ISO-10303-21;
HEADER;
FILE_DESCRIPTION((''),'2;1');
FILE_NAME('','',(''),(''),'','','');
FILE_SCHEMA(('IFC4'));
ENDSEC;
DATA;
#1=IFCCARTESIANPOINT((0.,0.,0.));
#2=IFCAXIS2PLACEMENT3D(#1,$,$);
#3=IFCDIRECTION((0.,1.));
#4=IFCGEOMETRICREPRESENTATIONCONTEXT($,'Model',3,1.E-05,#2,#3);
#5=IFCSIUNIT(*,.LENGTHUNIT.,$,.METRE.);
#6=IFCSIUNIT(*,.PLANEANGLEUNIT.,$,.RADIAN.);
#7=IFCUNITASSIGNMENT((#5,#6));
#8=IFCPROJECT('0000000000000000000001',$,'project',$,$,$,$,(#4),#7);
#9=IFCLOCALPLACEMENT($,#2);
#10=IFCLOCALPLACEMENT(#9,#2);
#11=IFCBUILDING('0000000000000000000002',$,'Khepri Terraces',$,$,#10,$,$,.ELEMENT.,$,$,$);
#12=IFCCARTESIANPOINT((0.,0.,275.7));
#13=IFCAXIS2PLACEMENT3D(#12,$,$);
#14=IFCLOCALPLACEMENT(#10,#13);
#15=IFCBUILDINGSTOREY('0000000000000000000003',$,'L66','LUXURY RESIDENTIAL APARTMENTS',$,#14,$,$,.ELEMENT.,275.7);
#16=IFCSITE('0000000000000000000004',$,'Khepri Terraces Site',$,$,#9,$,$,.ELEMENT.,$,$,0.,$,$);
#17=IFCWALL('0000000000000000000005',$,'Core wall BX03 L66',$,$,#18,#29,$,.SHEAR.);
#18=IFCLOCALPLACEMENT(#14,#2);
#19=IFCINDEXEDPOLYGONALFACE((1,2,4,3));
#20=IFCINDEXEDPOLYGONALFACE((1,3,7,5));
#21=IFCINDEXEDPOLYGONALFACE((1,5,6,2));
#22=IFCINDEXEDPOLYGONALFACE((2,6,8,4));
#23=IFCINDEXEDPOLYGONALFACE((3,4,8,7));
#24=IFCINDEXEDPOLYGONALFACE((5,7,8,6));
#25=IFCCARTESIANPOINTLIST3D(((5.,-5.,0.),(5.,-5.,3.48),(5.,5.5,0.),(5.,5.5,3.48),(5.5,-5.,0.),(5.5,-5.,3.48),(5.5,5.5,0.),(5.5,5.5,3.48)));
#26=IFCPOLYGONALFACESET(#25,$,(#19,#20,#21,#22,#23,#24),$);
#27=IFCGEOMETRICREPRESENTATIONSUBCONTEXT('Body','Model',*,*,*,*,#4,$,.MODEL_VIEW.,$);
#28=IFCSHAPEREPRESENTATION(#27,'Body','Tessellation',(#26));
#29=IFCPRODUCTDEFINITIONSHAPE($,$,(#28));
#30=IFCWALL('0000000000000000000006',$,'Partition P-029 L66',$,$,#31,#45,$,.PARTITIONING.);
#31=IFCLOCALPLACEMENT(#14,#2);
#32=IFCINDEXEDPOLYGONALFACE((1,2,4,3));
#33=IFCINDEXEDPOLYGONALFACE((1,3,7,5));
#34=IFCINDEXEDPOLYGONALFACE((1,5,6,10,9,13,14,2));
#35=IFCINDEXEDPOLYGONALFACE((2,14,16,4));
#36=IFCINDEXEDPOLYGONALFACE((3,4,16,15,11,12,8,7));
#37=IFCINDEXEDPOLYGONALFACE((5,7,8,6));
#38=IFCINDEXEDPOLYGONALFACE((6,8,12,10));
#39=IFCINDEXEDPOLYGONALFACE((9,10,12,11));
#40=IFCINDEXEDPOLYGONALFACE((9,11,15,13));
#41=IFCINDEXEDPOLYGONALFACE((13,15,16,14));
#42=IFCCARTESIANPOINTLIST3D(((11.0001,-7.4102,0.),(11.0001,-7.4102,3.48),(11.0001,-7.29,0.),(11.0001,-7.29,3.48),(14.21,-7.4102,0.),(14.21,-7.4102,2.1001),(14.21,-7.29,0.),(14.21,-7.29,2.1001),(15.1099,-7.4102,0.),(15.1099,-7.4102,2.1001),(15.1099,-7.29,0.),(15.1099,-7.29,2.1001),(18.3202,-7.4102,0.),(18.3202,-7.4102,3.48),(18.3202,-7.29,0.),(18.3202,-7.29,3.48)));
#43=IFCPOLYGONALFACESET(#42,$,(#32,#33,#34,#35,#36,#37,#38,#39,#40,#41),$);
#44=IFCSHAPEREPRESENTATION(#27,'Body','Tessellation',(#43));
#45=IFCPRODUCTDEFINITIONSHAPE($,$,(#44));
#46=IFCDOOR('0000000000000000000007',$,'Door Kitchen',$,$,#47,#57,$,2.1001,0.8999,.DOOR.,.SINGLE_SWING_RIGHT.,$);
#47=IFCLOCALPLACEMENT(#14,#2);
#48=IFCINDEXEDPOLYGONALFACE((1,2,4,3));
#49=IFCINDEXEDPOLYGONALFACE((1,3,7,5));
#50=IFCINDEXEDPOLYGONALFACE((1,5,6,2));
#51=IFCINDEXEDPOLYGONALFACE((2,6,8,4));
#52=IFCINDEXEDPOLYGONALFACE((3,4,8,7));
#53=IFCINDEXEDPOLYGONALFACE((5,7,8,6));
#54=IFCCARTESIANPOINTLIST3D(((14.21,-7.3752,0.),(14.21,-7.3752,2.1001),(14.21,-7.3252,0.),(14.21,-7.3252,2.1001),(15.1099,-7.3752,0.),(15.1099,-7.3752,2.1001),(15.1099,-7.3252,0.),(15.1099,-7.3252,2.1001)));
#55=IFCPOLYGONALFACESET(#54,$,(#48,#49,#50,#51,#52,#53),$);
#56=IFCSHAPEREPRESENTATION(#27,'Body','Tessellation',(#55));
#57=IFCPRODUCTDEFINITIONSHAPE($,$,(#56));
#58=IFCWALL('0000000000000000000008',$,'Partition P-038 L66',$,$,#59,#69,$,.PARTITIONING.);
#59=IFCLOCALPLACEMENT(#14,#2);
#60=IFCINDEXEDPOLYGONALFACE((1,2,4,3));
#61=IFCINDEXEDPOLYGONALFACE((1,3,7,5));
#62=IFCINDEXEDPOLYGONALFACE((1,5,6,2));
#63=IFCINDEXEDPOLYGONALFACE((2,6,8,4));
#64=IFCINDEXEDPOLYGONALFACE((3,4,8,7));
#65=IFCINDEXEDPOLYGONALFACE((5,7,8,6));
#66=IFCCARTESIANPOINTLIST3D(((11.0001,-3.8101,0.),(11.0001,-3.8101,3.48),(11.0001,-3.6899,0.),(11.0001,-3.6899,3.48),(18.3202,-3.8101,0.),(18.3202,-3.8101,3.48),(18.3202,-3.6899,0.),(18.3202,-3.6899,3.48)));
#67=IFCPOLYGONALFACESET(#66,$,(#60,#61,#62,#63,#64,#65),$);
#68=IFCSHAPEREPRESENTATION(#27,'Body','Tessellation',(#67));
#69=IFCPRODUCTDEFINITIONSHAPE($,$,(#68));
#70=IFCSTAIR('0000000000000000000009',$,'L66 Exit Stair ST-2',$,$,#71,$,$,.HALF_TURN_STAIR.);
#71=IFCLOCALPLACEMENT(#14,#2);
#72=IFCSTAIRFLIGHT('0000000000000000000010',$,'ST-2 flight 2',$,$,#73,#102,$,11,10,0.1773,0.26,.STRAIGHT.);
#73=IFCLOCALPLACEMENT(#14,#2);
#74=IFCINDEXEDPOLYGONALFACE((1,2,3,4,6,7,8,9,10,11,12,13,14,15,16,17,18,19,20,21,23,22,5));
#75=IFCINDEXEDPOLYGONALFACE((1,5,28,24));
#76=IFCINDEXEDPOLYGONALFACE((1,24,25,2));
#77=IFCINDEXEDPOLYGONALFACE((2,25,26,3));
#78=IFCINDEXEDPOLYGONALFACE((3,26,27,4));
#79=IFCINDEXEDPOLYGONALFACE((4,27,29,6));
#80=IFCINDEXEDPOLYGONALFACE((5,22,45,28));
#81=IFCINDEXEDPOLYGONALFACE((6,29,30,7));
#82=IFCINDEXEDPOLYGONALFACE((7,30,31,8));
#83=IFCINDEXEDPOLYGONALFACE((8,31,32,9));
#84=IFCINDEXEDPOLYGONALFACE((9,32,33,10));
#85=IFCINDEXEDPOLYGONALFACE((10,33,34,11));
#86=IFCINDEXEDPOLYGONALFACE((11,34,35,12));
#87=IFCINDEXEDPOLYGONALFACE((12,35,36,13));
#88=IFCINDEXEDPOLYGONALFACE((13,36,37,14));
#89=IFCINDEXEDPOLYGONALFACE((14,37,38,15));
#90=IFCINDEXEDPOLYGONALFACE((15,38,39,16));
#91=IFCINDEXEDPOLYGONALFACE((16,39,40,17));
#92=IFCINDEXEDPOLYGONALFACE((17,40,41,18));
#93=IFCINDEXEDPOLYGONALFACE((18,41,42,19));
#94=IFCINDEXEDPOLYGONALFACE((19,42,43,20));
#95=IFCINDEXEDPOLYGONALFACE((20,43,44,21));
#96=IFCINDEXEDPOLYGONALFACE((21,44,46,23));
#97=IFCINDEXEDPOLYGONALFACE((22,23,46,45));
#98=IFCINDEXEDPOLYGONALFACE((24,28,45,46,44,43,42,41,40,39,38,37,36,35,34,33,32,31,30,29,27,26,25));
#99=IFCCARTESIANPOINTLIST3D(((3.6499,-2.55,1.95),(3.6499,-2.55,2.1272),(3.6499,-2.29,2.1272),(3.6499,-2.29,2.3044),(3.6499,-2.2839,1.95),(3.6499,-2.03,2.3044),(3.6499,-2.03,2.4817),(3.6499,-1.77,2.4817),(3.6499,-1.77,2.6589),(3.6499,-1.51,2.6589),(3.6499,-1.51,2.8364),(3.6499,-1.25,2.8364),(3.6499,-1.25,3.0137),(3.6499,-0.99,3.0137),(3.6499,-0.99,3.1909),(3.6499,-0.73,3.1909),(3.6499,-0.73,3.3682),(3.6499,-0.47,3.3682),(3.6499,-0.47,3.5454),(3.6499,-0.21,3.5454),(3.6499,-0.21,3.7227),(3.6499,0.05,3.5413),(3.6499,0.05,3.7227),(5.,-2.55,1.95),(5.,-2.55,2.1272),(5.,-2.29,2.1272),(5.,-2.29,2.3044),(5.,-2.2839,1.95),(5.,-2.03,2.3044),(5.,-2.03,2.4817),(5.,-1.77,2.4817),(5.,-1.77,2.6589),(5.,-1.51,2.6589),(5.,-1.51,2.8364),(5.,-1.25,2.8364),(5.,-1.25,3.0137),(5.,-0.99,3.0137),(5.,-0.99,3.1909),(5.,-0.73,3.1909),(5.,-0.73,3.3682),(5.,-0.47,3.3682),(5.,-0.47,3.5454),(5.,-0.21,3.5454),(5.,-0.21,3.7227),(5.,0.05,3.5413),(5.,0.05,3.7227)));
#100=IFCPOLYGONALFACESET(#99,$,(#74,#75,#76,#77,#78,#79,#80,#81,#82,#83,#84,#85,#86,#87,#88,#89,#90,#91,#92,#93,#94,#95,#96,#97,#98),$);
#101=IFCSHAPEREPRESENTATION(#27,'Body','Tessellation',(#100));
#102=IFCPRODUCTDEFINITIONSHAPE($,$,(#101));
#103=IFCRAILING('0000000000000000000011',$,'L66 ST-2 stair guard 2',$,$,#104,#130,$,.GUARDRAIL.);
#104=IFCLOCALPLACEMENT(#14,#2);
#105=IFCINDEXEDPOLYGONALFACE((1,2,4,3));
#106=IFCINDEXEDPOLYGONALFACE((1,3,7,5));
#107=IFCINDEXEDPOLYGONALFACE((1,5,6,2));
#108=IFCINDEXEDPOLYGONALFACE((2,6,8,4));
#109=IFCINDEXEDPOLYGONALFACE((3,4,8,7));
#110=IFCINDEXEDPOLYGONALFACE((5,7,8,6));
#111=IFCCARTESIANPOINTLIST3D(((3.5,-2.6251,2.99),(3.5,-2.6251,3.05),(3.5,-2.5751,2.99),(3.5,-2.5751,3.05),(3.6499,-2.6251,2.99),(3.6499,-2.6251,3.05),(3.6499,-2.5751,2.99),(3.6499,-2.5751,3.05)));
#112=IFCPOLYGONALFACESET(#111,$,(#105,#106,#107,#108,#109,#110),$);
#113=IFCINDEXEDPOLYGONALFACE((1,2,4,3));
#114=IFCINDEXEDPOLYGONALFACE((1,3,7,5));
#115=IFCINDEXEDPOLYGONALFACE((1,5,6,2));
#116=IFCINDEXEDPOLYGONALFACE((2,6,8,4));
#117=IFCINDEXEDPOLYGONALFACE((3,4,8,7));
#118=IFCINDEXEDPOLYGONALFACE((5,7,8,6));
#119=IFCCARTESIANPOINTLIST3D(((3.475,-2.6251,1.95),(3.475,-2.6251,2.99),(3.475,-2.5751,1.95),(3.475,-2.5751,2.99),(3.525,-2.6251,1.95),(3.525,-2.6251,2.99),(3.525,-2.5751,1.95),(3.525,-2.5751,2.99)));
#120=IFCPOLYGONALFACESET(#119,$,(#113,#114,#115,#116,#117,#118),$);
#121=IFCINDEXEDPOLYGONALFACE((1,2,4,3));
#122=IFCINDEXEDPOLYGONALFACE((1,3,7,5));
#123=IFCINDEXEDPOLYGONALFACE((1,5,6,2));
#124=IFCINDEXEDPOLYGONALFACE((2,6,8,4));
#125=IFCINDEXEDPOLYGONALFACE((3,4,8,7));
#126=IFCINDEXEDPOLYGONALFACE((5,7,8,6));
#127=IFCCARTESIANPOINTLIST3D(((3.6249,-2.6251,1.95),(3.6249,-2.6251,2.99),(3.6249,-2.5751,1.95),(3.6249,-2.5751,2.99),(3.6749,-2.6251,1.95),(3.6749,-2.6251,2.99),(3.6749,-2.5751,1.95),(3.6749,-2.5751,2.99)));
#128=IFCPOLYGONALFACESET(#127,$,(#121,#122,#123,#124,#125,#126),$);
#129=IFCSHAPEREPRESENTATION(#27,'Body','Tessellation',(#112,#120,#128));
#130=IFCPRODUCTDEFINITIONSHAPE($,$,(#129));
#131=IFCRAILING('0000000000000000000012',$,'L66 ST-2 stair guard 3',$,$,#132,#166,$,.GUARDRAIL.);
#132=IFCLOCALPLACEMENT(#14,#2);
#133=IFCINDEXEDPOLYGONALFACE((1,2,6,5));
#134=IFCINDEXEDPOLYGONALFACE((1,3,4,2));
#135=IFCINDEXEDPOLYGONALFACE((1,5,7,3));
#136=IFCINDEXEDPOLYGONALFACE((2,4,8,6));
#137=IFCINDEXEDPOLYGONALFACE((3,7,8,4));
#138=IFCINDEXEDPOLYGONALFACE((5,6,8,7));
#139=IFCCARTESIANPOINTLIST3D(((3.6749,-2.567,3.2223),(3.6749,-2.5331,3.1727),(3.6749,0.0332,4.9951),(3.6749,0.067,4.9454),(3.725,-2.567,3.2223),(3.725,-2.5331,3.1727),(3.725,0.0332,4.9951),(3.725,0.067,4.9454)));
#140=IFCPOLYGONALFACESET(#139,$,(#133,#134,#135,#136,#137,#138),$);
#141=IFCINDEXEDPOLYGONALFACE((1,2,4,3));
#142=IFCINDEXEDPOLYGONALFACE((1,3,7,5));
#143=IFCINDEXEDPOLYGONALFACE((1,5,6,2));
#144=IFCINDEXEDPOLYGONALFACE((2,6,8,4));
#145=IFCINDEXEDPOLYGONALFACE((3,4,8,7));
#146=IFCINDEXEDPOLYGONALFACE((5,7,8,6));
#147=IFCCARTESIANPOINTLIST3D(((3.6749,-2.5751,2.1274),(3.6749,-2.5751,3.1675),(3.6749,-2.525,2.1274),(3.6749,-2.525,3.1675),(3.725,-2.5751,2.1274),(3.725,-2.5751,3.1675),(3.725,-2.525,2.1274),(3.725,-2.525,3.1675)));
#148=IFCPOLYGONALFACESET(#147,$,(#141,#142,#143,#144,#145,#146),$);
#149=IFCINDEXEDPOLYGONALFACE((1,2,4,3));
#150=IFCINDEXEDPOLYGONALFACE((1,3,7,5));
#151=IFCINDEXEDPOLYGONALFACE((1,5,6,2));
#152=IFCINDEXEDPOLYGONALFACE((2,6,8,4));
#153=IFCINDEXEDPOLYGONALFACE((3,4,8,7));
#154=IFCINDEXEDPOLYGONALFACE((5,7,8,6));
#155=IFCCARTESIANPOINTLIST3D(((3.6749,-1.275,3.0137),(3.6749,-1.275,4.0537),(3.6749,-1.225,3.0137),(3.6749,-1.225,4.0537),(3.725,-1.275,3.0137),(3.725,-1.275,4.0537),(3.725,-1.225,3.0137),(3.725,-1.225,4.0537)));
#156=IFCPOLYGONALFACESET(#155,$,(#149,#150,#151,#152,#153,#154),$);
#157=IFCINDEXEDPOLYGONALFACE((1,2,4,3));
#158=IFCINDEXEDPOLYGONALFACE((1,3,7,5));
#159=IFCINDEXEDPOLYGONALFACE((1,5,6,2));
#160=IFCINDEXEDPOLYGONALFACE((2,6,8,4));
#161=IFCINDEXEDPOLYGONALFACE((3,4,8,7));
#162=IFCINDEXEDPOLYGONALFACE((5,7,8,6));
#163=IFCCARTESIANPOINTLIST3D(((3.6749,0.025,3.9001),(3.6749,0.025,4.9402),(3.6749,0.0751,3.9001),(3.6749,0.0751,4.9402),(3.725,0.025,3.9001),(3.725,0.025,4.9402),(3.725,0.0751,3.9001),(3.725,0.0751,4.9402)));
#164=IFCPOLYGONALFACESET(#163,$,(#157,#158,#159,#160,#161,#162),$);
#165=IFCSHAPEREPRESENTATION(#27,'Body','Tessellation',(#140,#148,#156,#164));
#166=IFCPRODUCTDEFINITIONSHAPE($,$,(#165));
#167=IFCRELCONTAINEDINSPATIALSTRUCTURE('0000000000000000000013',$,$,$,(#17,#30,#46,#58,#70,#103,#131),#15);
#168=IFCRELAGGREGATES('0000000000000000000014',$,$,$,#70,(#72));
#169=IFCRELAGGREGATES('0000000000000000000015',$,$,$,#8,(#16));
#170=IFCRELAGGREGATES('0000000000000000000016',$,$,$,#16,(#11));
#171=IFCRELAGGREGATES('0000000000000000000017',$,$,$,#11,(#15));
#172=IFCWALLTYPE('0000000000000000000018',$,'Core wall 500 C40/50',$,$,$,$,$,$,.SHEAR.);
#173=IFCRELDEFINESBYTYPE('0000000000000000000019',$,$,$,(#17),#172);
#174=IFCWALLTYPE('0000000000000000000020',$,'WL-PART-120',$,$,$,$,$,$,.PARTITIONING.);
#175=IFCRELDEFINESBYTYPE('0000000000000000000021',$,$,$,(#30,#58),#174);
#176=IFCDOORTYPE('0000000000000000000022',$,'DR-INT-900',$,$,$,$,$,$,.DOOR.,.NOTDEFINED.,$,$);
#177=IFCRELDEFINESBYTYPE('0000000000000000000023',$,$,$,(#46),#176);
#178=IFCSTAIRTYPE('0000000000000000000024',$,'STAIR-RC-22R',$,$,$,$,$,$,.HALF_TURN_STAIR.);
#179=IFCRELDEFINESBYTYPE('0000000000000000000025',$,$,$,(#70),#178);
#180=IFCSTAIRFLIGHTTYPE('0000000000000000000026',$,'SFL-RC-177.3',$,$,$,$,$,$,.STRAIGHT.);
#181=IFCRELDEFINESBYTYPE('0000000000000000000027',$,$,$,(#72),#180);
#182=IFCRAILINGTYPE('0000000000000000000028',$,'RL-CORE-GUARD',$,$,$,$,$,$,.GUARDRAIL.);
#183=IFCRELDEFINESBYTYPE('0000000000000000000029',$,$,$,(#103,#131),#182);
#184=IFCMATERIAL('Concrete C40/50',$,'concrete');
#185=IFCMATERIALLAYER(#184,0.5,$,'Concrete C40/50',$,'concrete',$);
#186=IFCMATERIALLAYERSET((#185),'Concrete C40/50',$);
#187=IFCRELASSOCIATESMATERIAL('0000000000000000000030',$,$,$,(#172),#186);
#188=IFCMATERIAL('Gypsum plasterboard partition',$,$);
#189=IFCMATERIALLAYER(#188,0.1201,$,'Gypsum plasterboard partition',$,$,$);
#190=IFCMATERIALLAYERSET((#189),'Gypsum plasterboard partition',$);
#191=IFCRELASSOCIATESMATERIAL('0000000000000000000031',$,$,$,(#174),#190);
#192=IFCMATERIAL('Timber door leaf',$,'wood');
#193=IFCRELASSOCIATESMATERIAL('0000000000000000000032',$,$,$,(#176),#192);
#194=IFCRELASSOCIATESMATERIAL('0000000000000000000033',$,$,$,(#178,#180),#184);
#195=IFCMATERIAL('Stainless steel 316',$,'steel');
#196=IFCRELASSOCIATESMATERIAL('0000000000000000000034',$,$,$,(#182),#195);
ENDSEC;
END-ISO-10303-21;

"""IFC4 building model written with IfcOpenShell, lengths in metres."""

from ifc_helpers import new_model, si_unit, direction, frame, frame_2d, origin, origin_2d, place, context, subcontext, project, spatial, polyline, rectangle, outline, extrude, material, layer, layer_set, type_object, element, fill, aggregate, save


model = new_model("IFC4")

# Units and contexts
model_context = context("Model", 3, precision=1e-05, world=origin(), true_north=direction((0.0, 1.0)))
body_context = subcontext(model_context, "Body", "Model", "MODEL_VIEW")
ifc_project = project(units=[si_unit("LENGTHUNIT", "METRE"), si_unit("PLANEANGLEUNIT", "RADIAN")], contexts=[model_context])

# Site, building, storey
site_placement = place(None, origin())
site = spatial("IfcSite", under=ifc_project, at=site_placement, Name="Khepri Terraces Site", CompositionType="ELEMENT", RefElevation=0.0)
building_placement = place(site_placement, origin())
building = spatial("IfcBuilding", under=site, at=building_placement, Name="Khepri Terraces", CompositionType="ELEMENT")
storey_placement = place(building_placement, frame((0.0, 0.0, 275.7)))
storey = spatial("IfcBuildingStorey", under=building, at=storey_placement, Name="L66", Description="LUXURY RESIDENTIAL APARTMENTS", CompositionType="ELEMENT", Elevation=275.7)

# Shared definitions
ifc_material_1 = material(Name="Concrete C40/50", Category="concrete")

# Wall
ifc_layer_1 = layer(ifc_material_1, 0.5, Name="Concrete C40/50", Category="concrete")
ifc_layer_set_1 = layer_set([ifc_layer_1], Name="Concrete C40/50")
wall_type_1 = type_object("IfcWallType", Name="Core wall 500 C40/50", PredefinedType="SHEAR", material=ifc_layer_set_1)
wall_1_placement = place(storey_placement, frame((5.25, -5.0, 0.0), z_axis=(0.0, 0.0, 1.0), x_axis=(0.0, 1.0, 0.0)))
element("IfcWall", 1, at=wall_1_placement, inside=storey, type_object=wall_type_1, Name="Core wall BX03 L66", PredefinedType="SHEAR", context=body_context, shape_type="SweptSolid", body=[
    extrude(rectangle(XDim=10.5, YDim=0.5, at=frame_2d((5.25, 0.0))), origin(), (0.0, 0.0, 1.0), 3.48),
])

# Wall, opening, door
ifc_material_2 = material(Name="Gypsum plasterboard partition")
ifc_layer_2 = layer(ifc_material_2, 0.1201, Name="Gypsum plasterboard partition")
ifc_layer_set_2 = layer_set([ifc_layer_2], Name="Gypsum plasterboard partition")
wall_type_2 = type_object("IfcWallType", Name="WL-PART-120", PredefinedType="PARTITIONING", material=ifc_layer_set_2)
wall_2_placement = place(storey_placement, frame((11.0, -7.3501, 0.0), z_axis=(0.0, 0.0, 1.0), x_axis=(1.0, 0.0, 0.0)))
wall_2 = element("IfcWall", 2, at=wall_2_placement, inside=storey, type_object=wall_type_2, Name="Partition P-029 L66", PredefinedType="PARTITIONING", context=body_context, shape_type="SweptSolid", body=[
    extrude(rectangle(XDim=7.3201, YDim=0.1201, at=frame_2d((3.6602, 0.0))), origin(), (0.0, 0.0, 1.0), 3.48),
])
opening_1_placement = place(wall_2_placement, frame((3.21, 0.0, 0.0)))
opening_1 = element("IfcOpeningElement", 3, at=opening_1_placement, cuts=wall_2, PredefinedType="OPENING", context=body_context, shape_type="SweptSolid", body=[
    extrude(rectangle(XDim=0.8999, YDim=2.1001, at=frame_2d((0.45, 1.05))), frame((0.0, 0.0701, 0.0), z_axis=(0.0, -1.0, 0.0), x_axis=(1.0, 0.0, 0.0)), (0.0, 0.0, 1.0), 0.1401),
])
ifc_material_3 = material(Name="Timber door leaf", Category="wood")
door_type_1 = type_object("IfcDoorType", Name="DR-INT-900", OperationType="NOTDEFINED", PredefinedType="DOOR", material=ifc_material_3)
door_1_placement = place(opening_1_placement, origin())
door_1 = element("IfcDoor", 4, at=door_1_placement, inside=storey, type_object=door_type_1, Name="Door Kitchen", OperationType="SINGLE_SWING_RIGHT", OverallHeight=2.1001, OverallWidth=0.8999, PredefinedType="DOOR", context=body_context, shape_type="SweptSolid", body=[
    extrude(rectangle(XDim=0.8999, YDim=2.1001, at=frame_2d((0.45, 1.05))), frame((0.0, 0.0249, 0.0), z_axis=(0.0, -1.0, 0.0), x_axis=(1.0, 0.0, 0.0)), (0.0, 0.0, 1.0), 0.05),
])
fill(opening_1, door_1)

# Wall
wall_3_placement = place(storey_placement, frame((11.0, -3.75, 0.0), z_axis=(0.0, 0.0, 1.0), x_axis=(1.0, 0.0, 0.0)))
element("IfcWall", 5, at=wall_3_placement, inside=storey, type_object=wall_type_2, Name="Partition P-038 L66", PredefinedType="PARTITIONING", context=body_context, shape_type="SweptSolid", body=[
    extrude(rectangle(XDim=7.3201, YDim=0.1201, at=frame_2d((3.6602, 0.0))), origin(), (0.0, 0.0, 1.0), 3.48),
])

# Stair, stair flight
stair_type = type_object("IfcStairType", Name="STAIR-RC-22R", PredefinedType="HALF_TURN_STAIR", material=ifc_material_1)
stair_placement = place(storey_placement, origin())
stair = element("IfcStair", 6, at=stair_placement, inside=storey, type_object=stair_type, Name="L66 Exit Stair ST-2", PredefinedType="HALF_TURN_STAIR")
stair_flight_type = type_object("IfcStairFlightType", Name="SFL-RC-177.3", PredefinedType="STRAIGHT", material=ifc_material_1)
stair_flight_placement = place(storey_placement, frame((4.325, -2.55, 1.95), z_axis=(0.0, 0.0, 1.0), x_axis=(0.0, 1.0, 0.0)))
stair_flight = element("IfcStairFlight", 7, at=stair_flight_placement, type_object=stair_flight_type, Name="ST-2 flight 2", NumberOfRisers=11, NumberOfTreads=10, PredefinedType="STRAIGHT", RiserHeight=0.1773, TreadLength=0.26, context=body_context, shape_type="SweptSolid", body=[
    extrude(outline(polyline([(0.0, 0.0), (0.0, 0.1772), (0.26, 0.1772), (0.26, 0.3545), (0.52, 0.3545), (0.52, 0.5317), (0.78, 0.5317), (0.78, 0.709), (1.04, 0.709), (1.04, 0.8865), (1.3, 0.8865), (1.3, 1.0637), (1.5601, 1.0637), (1.5601, 1.241), (1.8201, 1.241), (1.8201, 1.4182), (2.0801, 1.4182), (2.0801, 1.5955), (2.3401, 1.5955), (2.3401, 1.7727), (2.6001, 1.7727), (2.6001, 1.95), (2.6001, 1.5913), (0.2661, 0.0), (0.0, 0.0)])), frame((0.0, 0.675, 0.0), z_axis=(0.0, -1.0, 0.0), x_axis=(1.0, 0.0, 0.0)), (0.0, 0.0, 1.0), 1.3501),
])
aggregate(stair, [stair_flight])

# Railings
ifc_material_4 = material(Name="Stainless steel 316", Category="steel")
railing_type_1 = type_object("IfcRailingType", Name="RL-CORE-GUARD", PredefinedType="GUARDRAIL", material=ifc_material_4)
railing_1_placement = place(storey_placement, frame((3.5, -2.6001, 1.95)))
element("IfcRailing", 8, at=railing_1_placement, inside=storey, type_object=railing_type_1, Name="L66 ST-2 stair guard 2", PredefinedType="GUARDRAIL", context=body_context, shape_type="SweptSolid", body=[
    extrude(rectangle(XDim=0.05, YDim=0.0601, at=origin_2d()), frame((0.0, 0.0, 1.0701), z_axis=(1.0, 0.0, 0.0), x_axis=(0.0, 1.0, 0.0)), (0.0, 0.0, 1.0), 0.1499),
    extrude(rectangle(XDim=0.05, YDim=0.05, at=origin_2d()), origin(), (0.0, 0.0, 1.0), 1.04),
    extrude(rectangle(XDim=0.05, YDim=0.05, at=origin_2d()), frame((0.1499, 0.0, 0.0)), (0.0, 0.0, 1.0), 1.04),
])
railing_2_placement = place(storey_placement, frame((3.7, -2.55, 2.1274)))
element("IfcRailing", 9, at=railing_2_placement, inside=storey, type_object=railing_type_1, Name="L66 ST-2 stair guard 3", PredefinedType="GUARDRAIL", context=body_context, shape_type="SweptSolid", body=[
    extrude(rectangle(XDim=0.05, YDim=0.0601, at=origin_2d()), frame((0.0, 0.0, 1.0701), z_axis=(0.0, 0.82624, 0.563318), x_axis=(-1.0, 0.0, 0.0)), (0.0, 0.0, 1.0), 3.147),
    extrude(rectangle(XDim=0.05, YDim=0.05, at=origin_2d()), origin(), (0.0, 0.0, 1.0), 1.04),
    extrude(rectangle(XDim=0.05, YDim=0.05, at=origin_2d()), frame((0.0, 1.3, 0.8862)), (0.0, 0.0, 1.0), 1.04),
    extrude(rectangle(XDim=0.05, YDim=0.05, at=origin_2d()), frame((0.0, 2.6001, 1.7727)), (0.0, 0.0, 1.0), 1.04),
])

save(model, "model.ifc")
